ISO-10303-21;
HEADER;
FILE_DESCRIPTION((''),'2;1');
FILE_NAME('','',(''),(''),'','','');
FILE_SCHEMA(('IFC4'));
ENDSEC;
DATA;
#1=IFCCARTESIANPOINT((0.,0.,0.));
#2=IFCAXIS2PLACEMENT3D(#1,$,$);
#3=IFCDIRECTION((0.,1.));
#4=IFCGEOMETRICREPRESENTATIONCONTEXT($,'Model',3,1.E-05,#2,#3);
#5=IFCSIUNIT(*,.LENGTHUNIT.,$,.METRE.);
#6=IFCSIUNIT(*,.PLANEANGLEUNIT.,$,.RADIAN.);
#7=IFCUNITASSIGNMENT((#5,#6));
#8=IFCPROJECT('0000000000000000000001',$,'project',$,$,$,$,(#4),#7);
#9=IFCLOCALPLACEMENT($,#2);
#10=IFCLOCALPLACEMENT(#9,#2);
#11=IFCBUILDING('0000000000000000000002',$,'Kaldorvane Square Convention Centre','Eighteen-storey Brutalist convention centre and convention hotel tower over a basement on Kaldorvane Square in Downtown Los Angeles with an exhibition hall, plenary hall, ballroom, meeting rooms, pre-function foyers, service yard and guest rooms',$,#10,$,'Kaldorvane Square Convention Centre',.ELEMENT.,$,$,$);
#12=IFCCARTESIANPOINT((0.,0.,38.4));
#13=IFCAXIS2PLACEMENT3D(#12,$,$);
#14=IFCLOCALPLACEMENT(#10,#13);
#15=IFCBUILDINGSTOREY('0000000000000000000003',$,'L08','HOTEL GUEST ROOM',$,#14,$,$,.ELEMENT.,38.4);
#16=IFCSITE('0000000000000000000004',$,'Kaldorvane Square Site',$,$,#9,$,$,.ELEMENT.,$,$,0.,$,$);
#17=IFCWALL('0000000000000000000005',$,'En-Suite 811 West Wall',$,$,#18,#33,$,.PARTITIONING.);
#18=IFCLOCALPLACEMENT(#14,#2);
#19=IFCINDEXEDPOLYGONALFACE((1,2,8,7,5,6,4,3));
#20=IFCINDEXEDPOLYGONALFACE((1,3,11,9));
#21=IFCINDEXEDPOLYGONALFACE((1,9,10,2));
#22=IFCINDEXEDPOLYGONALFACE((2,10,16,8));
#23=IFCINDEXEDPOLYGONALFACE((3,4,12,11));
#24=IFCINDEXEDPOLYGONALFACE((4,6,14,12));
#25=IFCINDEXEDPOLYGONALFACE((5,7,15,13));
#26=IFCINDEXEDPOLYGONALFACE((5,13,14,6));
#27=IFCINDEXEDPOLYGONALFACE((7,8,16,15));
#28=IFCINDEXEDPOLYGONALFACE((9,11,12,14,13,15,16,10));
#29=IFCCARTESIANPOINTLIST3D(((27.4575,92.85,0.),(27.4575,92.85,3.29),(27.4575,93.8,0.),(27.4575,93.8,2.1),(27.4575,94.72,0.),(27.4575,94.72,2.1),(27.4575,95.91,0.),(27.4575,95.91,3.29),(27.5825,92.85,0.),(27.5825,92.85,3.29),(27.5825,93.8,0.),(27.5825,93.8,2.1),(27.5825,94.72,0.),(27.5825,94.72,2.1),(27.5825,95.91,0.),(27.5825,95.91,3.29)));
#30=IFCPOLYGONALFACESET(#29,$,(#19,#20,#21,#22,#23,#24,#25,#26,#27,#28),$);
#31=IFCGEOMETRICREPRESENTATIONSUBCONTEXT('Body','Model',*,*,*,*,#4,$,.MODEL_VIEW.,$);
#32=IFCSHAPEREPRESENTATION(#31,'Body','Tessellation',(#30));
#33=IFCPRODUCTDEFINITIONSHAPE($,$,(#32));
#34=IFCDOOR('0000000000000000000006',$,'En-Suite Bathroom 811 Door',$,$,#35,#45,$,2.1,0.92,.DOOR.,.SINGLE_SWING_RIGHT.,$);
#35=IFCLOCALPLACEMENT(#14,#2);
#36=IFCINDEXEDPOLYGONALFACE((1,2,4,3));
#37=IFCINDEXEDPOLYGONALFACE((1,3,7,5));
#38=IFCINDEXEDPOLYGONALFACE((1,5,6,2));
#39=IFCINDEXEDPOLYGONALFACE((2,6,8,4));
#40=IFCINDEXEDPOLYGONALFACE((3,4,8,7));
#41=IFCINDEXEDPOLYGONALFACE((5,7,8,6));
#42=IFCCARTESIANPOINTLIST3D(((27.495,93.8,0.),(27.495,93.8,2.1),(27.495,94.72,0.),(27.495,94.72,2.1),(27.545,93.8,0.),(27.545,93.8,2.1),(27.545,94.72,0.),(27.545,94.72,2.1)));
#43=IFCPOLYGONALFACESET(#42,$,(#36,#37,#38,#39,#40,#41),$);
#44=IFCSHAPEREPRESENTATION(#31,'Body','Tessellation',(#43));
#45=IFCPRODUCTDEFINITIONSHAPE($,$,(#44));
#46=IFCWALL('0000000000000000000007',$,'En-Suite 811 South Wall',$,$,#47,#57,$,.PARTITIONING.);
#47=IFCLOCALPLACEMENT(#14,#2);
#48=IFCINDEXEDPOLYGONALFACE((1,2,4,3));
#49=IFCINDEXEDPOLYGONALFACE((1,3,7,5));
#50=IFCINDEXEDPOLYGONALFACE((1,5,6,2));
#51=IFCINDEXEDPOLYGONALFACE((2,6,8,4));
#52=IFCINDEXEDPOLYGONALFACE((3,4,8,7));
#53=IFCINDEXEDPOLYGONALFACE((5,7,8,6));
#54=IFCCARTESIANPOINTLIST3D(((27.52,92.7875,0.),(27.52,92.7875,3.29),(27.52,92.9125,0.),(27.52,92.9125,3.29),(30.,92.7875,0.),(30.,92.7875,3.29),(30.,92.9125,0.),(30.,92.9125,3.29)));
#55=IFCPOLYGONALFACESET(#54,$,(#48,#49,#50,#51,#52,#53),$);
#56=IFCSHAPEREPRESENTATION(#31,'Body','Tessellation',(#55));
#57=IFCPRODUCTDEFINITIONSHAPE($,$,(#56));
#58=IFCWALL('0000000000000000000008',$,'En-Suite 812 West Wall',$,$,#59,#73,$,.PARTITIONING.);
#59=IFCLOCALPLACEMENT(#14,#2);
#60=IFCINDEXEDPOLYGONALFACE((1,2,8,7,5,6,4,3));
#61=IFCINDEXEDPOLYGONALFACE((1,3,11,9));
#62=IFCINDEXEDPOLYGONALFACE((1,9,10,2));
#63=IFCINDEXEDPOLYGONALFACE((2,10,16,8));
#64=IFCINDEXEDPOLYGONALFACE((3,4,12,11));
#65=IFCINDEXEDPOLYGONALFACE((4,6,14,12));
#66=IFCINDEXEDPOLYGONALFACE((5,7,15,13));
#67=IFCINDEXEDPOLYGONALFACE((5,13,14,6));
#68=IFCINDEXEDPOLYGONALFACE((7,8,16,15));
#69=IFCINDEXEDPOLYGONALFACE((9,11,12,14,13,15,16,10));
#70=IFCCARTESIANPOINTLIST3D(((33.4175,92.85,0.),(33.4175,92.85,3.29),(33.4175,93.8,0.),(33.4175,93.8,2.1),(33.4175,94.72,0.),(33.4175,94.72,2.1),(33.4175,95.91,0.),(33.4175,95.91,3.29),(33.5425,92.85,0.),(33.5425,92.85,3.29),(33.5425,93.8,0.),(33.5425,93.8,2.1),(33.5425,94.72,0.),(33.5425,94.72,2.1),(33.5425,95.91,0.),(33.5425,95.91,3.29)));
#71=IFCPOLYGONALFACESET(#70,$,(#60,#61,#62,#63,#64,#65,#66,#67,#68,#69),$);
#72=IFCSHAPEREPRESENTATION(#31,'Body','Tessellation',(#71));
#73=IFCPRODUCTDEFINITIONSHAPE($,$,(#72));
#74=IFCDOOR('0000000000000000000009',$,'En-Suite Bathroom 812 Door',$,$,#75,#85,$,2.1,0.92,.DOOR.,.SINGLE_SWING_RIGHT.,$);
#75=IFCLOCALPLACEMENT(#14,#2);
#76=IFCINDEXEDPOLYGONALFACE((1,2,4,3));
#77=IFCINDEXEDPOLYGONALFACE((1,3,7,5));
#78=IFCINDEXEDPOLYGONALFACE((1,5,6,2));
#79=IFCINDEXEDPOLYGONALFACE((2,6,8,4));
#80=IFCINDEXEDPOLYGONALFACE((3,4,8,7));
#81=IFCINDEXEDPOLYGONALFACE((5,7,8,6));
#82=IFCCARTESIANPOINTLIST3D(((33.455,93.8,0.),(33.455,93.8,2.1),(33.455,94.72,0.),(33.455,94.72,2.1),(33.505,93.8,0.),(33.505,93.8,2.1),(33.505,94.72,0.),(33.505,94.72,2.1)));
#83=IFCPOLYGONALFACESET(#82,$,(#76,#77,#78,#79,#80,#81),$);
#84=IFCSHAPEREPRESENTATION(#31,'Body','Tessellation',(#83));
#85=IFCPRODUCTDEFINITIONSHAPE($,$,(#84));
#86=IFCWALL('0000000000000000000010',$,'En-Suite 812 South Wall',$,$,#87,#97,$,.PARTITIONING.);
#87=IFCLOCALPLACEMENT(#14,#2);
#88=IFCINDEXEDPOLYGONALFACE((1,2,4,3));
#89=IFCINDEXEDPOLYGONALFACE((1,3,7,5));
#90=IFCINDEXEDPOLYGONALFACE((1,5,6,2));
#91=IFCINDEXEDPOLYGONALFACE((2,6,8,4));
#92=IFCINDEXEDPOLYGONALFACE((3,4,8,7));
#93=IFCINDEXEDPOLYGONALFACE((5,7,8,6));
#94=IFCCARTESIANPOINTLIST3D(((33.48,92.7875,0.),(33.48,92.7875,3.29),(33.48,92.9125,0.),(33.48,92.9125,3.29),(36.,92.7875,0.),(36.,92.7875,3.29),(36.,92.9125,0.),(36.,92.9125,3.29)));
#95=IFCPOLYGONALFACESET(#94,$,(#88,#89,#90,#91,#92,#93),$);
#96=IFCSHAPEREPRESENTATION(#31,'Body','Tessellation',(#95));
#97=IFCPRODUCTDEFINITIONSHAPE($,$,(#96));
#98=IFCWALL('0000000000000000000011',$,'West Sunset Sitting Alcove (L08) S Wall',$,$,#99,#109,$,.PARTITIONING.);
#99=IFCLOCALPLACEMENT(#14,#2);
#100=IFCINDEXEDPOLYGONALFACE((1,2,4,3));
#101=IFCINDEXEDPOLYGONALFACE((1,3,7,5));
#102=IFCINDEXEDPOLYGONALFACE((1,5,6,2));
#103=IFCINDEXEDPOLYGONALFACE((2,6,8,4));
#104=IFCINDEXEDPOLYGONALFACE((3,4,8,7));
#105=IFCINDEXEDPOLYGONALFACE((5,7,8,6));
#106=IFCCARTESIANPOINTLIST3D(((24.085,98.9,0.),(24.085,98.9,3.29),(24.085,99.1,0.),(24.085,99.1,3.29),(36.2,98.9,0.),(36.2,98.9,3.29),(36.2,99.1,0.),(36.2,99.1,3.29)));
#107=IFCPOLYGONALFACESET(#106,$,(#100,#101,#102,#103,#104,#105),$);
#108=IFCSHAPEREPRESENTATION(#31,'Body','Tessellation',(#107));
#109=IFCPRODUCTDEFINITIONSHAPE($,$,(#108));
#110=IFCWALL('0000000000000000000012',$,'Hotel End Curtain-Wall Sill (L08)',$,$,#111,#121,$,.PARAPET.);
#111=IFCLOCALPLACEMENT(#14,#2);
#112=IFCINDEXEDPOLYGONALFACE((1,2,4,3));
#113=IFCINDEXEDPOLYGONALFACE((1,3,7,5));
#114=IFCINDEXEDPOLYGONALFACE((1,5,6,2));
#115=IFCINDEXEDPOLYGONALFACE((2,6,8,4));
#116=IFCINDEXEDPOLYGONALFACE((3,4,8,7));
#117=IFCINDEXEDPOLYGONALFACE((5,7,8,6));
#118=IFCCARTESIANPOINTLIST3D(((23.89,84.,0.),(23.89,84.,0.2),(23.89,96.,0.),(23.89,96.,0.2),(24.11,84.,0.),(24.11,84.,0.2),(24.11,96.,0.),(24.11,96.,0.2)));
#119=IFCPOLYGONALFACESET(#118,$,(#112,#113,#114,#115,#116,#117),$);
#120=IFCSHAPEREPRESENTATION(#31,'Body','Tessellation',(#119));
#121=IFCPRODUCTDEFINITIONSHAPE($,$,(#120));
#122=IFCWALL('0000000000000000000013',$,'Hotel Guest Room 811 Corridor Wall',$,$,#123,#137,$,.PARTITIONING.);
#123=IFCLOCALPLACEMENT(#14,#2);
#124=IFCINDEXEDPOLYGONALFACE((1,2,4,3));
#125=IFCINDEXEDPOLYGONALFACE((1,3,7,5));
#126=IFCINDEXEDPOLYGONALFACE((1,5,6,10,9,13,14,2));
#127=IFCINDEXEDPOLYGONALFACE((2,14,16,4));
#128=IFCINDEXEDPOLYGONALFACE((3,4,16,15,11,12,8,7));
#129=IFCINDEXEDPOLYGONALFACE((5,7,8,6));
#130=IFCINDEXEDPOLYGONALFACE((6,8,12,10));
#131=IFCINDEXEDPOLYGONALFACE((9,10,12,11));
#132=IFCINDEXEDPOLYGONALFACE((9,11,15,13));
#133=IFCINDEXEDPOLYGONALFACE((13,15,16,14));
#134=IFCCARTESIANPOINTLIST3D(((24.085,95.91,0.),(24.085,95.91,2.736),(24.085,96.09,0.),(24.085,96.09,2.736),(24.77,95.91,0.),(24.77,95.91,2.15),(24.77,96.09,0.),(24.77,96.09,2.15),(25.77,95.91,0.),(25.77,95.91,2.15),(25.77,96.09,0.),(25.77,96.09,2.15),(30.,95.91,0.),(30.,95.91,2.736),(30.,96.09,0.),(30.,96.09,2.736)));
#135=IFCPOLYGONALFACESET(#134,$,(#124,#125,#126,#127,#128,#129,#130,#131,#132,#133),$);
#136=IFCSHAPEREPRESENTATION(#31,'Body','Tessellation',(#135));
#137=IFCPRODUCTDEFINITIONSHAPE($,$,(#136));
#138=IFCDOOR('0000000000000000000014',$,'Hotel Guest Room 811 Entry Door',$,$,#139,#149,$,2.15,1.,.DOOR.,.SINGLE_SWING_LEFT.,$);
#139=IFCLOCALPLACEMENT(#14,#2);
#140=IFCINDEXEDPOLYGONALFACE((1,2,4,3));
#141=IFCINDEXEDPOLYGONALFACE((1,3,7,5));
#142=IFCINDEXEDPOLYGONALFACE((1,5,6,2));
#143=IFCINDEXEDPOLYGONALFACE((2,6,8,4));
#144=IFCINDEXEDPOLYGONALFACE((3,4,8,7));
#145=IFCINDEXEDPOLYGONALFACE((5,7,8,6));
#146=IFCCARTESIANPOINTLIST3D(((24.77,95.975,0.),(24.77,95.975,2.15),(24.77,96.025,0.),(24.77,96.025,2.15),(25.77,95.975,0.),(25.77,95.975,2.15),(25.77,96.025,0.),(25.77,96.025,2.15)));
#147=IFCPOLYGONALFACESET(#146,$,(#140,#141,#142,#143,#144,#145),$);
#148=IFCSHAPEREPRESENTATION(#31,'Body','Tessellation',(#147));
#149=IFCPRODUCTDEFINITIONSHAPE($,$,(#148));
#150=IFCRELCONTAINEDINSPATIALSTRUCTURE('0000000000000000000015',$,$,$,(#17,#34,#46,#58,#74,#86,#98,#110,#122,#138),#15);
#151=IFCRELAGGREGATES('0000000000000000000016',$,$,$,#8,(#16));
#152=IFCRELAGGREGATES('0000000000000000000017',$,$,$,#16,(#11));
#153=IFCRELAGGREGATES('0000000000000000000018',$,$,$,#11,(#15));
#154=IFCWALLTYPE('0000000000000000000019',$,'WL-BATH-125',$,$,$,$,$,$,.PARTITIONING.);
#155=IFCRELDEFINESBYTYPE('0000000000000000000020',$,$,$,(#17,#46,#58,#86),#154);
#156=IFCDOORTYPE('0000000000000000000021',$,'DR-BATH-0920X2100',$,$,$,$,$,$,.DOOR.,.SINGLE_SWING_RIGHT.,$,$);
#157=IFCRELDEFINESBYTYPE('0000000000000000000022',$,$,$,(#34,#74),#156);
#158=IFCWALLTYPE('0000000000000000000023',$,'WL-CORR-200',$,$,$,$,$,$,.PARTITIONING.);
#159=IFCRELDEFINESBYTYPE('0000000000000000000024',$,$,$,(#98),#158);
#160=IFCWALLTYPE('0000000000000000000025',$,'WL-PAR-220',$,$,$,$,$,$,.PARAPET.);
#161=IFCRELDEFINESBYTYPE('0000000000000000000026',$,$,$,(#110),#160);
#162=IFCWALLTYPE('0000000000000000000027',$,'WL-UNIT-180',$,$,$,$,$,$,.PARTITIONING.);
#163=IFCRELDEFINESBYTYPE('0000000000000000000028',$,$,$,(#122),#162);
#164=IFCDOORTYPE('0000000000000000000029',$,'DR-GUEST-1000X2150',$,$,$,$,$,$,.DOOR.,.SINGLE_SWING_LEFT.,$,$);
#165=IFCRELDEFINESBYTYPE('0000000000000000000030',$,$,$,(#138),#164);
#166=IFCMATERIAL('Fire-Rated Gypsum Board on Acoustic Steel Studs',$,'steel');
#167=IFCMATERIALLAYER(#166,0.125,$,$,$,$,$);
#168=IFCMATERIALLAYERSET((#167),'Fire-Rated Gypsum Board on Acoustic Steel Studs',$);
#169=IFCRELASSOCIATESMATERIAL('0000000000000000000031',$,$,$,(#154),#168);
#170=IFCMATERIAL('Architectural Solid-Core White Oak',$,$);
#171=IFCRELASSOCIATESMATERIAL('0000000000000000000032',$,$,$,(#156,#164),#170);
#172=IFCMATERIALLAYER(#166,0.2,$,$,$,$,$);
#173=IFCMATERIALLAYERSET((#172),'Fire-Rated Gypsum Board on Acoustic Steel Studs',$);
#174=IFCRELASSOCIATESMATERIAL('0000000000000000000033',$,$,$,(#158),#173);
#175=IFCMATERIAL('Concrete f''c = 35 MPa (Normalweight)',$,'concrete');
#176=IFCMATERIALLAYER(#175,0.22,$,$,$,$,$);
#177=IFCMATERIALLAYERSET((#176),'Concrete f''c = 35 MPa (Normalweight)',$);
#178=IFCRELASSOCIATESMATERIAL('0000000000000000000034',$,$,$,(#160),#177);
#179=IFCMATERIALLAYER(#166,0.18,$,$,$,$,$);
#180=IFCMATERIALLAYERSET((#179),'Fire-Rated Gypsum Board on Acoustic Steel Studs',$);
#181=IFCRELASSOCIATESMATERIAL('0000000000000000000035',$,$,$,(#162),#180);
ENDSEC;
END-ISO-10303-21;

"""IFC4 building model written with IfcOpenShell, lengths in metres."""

from ifc_helpers import new_model, si_unit, direction, frame, frame_2d, origin, place, context, subcontext, project, spatial, rectangle, extrude, material, layer, layer_set, type_object, element, fill, save


model = new_model("IFC4")

# Units and contexts
model_context = context("Model", 3, precision=1e-05, world=origin(), true_north=direction((0.0, 1.0)))
body_context = subcontext(model_context, "Body", "Model", "MODEL_VIEW")
ifc_project = project(units=[si_unit("LENGTHUNIT", "METRE"), si_unit("PLANEANGLEUNIT", "RADIAN")], contexts=[model_context])

# Site, building, storey
site_placement = place(None, origin())
site = spatial("IfcSite", under=ifc_project, at=site_placement, Name="Kaldorvane Square Site", CompositionType="ELEMENT", RefElevation=0.0)
building_placement = place(site_placement, origin())
building = spatial("IfcBuilding", under=site, at=building_placement, Name="Kaldorvane Square Convention Centre", Description="Eighteen-storey Brutalist convention centre and convention hotel tower over a basement on Kaldorvane Square in Downtown Los Angeles with an exhibition hall, plenary hall, ballroom, meeting rooms, pre-function foyers, service yard and guest rooms", LongName="Kaldorvane Square Convention Centre", CompositionType="ELEMENT")
storey_placement = place(building_placement, frame((0.0, 0.0, 38.4)))
storey = spatial("IfcBuildingStorey", under=building, at=storey_placement, Name="L08", Description="HOTEL GUEST ROOM", CompositionType="ELEMENT", Elevation=38.4)

# Wall, opening, door
ifc_material_1 = material(Name="Fire-Rated Gypsum Board on Acoustic Steel Studs", Category="steel")
ifc_layer_1 = layer(ifc_material_1, 0.125)
ifc_layer_set_1 = layer_set([ifc_layer_1], Name="Fire-Rated Gypsum Board on Acoustic Steel Studs")
wall_type_1 = type_object("IfcWallType", Name="WL-BATH-125", PredefinedType="PARTITIONING", material=ifc_layer_set_1)
wall_1_placement = place(storey_placement, frame((27.52, 92.85, 0.0), z_axis=(0.0, 0.0, 1.0), x_axis=(0.0, 1.0, 0.0)))
wall_1 = element("IfcWall", 1, at=wall_1_placement, inside=storey, type_object=wall_type_1, Name="En-Suite 811 West Wall", PredefinedType="PARTITIONING", context=body_context, shape_type="SweptSolid", body=[
    extrude(rectangle(XDim=3.06, YDim=0.125, at=frame_2d((1.53, 0.0))), origin(), (0.0, 0.0, 1.0), 3.29),
])
opening_1_placement = place(wall_1_placement, frame((0.95, 0.0, 0.0)))
opening_1 = element("IfcOpeningElement", 2, at=opening_1_placement, cuts=wall_1, PredefinedType="OPENING", context=body_context, shape_type="SweptSolid", body=[
    extrude(rectangle(XDim=0.92, YDim=2.1, at=frame_2d((0.46, 1.05))), frame((0.0, 0.0775, 0.0), z_axis=(0.0, -1.0, 0.0), x_axis=(1.0, 0.0, 0.0)), (0.0, 0.0, 1.0), 0.155),
])
ifc_material_2 = material(Name="Architectural Solid-Core White Oak")
door_type_1 = type_object("IfcDoorType", Name="DR-BATH-0920X2100", OperationType="SINGLE_SWING_RIGHT", PredefinedType="DOOR", material=ifc_material_2)
door_1_placement = place(opening_1_placement, origin())
door_1 = element("IfcDoor", 3, at=door_1_placement, inside=storey, type_object=door_type_1, Name="En-Suite Bathroom 811 Door", OperationType="SINGLE_SWING_RIGHT", OverallHeight=2.1, OverallWidth=0.92, PredefinedType="DOOR", context=body_context, shape_type="SweptSolid", body=[
    extrude(rectangle(XDim=0.92, YDim=2.1, at=frame_2d((0.46, 1.05))), frame((0.0, 0.025, 0.0), z_axis=(0.0, -1.0, 0.0), x_axis=(1.0, 0.0, 0.0)), (0.0, 0.0, 1.0), 0.05),
])
fill(opening_1, door_1)

# Wall
wall_2_placement = place(storey_placement, frame((27.52, 92.85, 0.0), z_axis=(0.0, 0.0, 1.0), x_axis=(1.0, 0.0, 0.0)))
element("IfcWall", 4, at=wall_2_placement, inside=storey, type_object=wall_type_1, Name="En-Suite 811 South Wall", PredefinedType="PARTITIONING", context=body_context, shape_type="SweptSolid", body=[
    extrude(rectangle(XDim=2.48, YDim=0.125, at=frame_2d((1.24, 0.0))), origin(), (0.0, 0.0, 1.0), 3.29),
])

# Wall, opening, door
wall_3_placement = place(storey_placement, frame((33.48, 92.85, 0.0), z_axis=(0.0, 0.0, 1.0), x_axis=(0.0, 1.0, 0.0)))
wall_3 = element("IfcWall", 5, at=wall_3_placement, inside=storey, type_object=wall_type_1, Name="En-Suite 812 West Wall", PredefinedType="PARTITIONING", context=body_context, shape_type="SweptSolid", body=[
    extrude(rectangle(XDim=3.06, YDim=0.125, at=frame_2d((1.53, 0.0))), origin(), (0.0, 0.0, 1.0), 3.29),
])
opening_2_placement = place(wall_3_placement, frame((0.95, 0.0, 0.0)))
opening_2 = element("IfcOpeningElement", 6, at=opening_2_placement, cuts=wall_3, PredefinedType="OPENING", context=body_context, shape_type="SweptSolid", body=[
    extrude(rectangle(XDim=0.92, YDim=2.1, at=frame_2d((0.46, 1.05))), frame((0.0, 0.0775, 0.0), z_axis=(0.0, -1.0, 0.0), x_axis=(1.0, 0.0, 0.0)), (0.0, 0.0, 1.0), 0.155),
])
door_2_placement = place(opening_2_placement, origin())
door_2 = element("IfcDoor", 7, at=door_2_placement, inside=storey, type_object=door_type_1, Name="En-Suite Bathroom 812 Door", OperationType="SINGLE_SWING_RIGHT", OverallHeight=2.1, OverallWidth=0.92, PredefinedType="DOOR", context=body_context, shape_type="SweptSolid", body=[
    extrude(rectangle(XDim=0.92, YDim=2.1, at=frame_2d((0.46, 1.05))), frame((0.0, 0.025, 0.0), z_axis=(0.0, -1.0, 0.0), x_axis=(1.0, 0.0, 0.0)), (0.0, 0.0, 1.0), 0.05),
])
fill(opening_2, door_2)

# Walls
wall_4_placement = place(storey_placement, frame((33.48, 92.85, 0.0), z_axis=(0.0, 0.0, 1.0), x_axis=(1.0, 0.0, 0.0)))
element("IfcWall", 8, at=wall_4_placement, inside=storey, type_object=wall_type_1, Name="En-Suite 812 South Wall", PredefinedType="PARTITIONING", context=body_context, shape_type="SweptSolid", body=[
    extrude(rectangle(XDim=2.52, YDim=0.125, at=frame_2d((1.26, 0.0))), origin(), (0.0, 0.0, 1.0), 3.29),
])
ifc_layer_2 = layer(ifc_material_1, 0.2)
ifc_layer_set_2 = layer_set([ifc_layer_2], Name="Fire-Rated Gypsum Board on Acoustic Steel Studs")
wall_type_2 = type_object("IfcWallType", Name="WL-CORR-200", PredefinedType="PARTITIONING", material=ifc_layer_set_2)
wall_5_placement = place(storey_placement, frame((24.085, 99.0, 0.0), z_axis=(0.0, 0.0, 1.0), x_axis=(1.0, 0.0, 0.0)))
element("IfcWall", 9, at=wall_5_placement, inside=storey, type_object=wall_type_2, Name="West Sunset Sitting Alcove (L08) S Wall", PredefinedType="PARTITIONING", context=body_context, shape_type="SweptSolid", body=[
    extrude(rectangle(XDim=12.115, YDim=0.2, at=frame_2d((6.0575, 0.0))), origin(), (0.0, 0.0, 1.0), 3.29),
])
ifc_material_3 = material(Name="Concrete f'c = 35 MPa (Normalweight)", Category="concrete")
ifc_layer_3 = layer(ifc_material_3, 0.22)
ifc_layer_set_3 = layer_set([ifc_layer_3], Name="Concrete f'c = 35 MPa (Normalweight)")
wall_type_3 = type_object("IfcWallType", Name="WL-PAR-220", PredefinedType="PARAPET", material=ifc_layer_set_3)
wall_6_placement = place(storey_placement, frame((24.0, 96.0, 0.0), z_axis=(0.0, 0.0, 1.0), x_axis=(0.0, -1.0, 0.0)))
element("IfcWall", 10, at=wall_6_placement, inside=storey, type_object=wall_type_3, Name="Hotel End Curtain-Wall Sill (L08)", PredefinedType="PARAPET", context=body_context, shape_type="SweptSolid", body=[
    extrude(rectangle(XDim=12.0, YDim=0.22, at=frame_2d((6.0, 0.0))), origin(), (0.0, 0.0, 1.0), 0.2),
])

# Wall, opening, door
ifc_layer_4 = layer(ifc_material_1, 0.18)
ifc_layer_set_4 = layer_set([ifc_layer_4], Name="Fire-Rated Gypsum Board on Acoustic Steel Studs")
wall_type_4 = type_object("IfcWallType", Name="WL-UNIT-180", PredefinedType="PARTITIONING", material=ifc_layer_set_4)
wall_7_placement = place(storey_placement, frame((24.085, 96.0, 0.0), z_axis=(0.0, 0.0, 1.0), x_axis=(1.0, 0.0, 0.0)))
wall_7 = element("IfcWall", 11, at=wall_7_placement, inside=storey, type_object=wall_type_4, Name="Hotel Guest Room 811 Corridor Wall", PredefinedType="PARTITIONING", context=body_context, shape_type="SweptSolid", body=[
    extrude(rectangle(XDim=5.915, YDim=0.18, at=frame_2d((2.9575, 0.0))), origin(), (0.0, 0.0, 1.0), 2.736),
])
opening_3_placement = place(wall_7_placement, frame((0.685, 0.0, 0.0)))
opening_3 = element("IfcOpeningElement", 12, at=opening_3_placement, cuts=wall_7, PredefinedType="OPENING", context=body_context, shape_type="SweptSolid", body=[
    extrude(rectangle(XDim=1.0, YDim=2.15, at=frame_2d((0.5, 1.075))), frame((0.0, 0.105, 0.0), z_axis=(0.0, -1.0, 0.0), x_axis=(1.0, 0.0, 0.0)), (0.0, 0.0, 1.0), 0.21),
])
door_type_2 = type_object("IfcDoorType", Name="DR-GUEST-1000X2150", OperationType="SINGLE_SWING_LEFT", PredefinedType="DOOR", material=ifc_material_2)
door_3_placement = place(opening_3_placement, origin())
door_3 = element("IfcDoor", 13, at=door_3_placement, inside=storey, type_object=door_type_2, Name="Hotel Guest Room 811 Entry Door", OperationType="SINGLE_SWING_LEFT", OverallHeight=2.15, OverallWidth=1.0, PredefinedType="DOOR", context=body_context, shape_type="SweptSolid", body=[
    extrude(rectangle(XDim=1.0, YDim=2.15, at=frame_2d((0.5, 1.075))), frame((0.0, 0.025, 0.0), z_axis=(0.0, -1.0, 0.0), x_axis=(1.0, 0.0, 0.0)), (0.0, 0.0, 1.0), 0.05),
])
fill(opening_3, door_3)

save(model, "model.ifc")
